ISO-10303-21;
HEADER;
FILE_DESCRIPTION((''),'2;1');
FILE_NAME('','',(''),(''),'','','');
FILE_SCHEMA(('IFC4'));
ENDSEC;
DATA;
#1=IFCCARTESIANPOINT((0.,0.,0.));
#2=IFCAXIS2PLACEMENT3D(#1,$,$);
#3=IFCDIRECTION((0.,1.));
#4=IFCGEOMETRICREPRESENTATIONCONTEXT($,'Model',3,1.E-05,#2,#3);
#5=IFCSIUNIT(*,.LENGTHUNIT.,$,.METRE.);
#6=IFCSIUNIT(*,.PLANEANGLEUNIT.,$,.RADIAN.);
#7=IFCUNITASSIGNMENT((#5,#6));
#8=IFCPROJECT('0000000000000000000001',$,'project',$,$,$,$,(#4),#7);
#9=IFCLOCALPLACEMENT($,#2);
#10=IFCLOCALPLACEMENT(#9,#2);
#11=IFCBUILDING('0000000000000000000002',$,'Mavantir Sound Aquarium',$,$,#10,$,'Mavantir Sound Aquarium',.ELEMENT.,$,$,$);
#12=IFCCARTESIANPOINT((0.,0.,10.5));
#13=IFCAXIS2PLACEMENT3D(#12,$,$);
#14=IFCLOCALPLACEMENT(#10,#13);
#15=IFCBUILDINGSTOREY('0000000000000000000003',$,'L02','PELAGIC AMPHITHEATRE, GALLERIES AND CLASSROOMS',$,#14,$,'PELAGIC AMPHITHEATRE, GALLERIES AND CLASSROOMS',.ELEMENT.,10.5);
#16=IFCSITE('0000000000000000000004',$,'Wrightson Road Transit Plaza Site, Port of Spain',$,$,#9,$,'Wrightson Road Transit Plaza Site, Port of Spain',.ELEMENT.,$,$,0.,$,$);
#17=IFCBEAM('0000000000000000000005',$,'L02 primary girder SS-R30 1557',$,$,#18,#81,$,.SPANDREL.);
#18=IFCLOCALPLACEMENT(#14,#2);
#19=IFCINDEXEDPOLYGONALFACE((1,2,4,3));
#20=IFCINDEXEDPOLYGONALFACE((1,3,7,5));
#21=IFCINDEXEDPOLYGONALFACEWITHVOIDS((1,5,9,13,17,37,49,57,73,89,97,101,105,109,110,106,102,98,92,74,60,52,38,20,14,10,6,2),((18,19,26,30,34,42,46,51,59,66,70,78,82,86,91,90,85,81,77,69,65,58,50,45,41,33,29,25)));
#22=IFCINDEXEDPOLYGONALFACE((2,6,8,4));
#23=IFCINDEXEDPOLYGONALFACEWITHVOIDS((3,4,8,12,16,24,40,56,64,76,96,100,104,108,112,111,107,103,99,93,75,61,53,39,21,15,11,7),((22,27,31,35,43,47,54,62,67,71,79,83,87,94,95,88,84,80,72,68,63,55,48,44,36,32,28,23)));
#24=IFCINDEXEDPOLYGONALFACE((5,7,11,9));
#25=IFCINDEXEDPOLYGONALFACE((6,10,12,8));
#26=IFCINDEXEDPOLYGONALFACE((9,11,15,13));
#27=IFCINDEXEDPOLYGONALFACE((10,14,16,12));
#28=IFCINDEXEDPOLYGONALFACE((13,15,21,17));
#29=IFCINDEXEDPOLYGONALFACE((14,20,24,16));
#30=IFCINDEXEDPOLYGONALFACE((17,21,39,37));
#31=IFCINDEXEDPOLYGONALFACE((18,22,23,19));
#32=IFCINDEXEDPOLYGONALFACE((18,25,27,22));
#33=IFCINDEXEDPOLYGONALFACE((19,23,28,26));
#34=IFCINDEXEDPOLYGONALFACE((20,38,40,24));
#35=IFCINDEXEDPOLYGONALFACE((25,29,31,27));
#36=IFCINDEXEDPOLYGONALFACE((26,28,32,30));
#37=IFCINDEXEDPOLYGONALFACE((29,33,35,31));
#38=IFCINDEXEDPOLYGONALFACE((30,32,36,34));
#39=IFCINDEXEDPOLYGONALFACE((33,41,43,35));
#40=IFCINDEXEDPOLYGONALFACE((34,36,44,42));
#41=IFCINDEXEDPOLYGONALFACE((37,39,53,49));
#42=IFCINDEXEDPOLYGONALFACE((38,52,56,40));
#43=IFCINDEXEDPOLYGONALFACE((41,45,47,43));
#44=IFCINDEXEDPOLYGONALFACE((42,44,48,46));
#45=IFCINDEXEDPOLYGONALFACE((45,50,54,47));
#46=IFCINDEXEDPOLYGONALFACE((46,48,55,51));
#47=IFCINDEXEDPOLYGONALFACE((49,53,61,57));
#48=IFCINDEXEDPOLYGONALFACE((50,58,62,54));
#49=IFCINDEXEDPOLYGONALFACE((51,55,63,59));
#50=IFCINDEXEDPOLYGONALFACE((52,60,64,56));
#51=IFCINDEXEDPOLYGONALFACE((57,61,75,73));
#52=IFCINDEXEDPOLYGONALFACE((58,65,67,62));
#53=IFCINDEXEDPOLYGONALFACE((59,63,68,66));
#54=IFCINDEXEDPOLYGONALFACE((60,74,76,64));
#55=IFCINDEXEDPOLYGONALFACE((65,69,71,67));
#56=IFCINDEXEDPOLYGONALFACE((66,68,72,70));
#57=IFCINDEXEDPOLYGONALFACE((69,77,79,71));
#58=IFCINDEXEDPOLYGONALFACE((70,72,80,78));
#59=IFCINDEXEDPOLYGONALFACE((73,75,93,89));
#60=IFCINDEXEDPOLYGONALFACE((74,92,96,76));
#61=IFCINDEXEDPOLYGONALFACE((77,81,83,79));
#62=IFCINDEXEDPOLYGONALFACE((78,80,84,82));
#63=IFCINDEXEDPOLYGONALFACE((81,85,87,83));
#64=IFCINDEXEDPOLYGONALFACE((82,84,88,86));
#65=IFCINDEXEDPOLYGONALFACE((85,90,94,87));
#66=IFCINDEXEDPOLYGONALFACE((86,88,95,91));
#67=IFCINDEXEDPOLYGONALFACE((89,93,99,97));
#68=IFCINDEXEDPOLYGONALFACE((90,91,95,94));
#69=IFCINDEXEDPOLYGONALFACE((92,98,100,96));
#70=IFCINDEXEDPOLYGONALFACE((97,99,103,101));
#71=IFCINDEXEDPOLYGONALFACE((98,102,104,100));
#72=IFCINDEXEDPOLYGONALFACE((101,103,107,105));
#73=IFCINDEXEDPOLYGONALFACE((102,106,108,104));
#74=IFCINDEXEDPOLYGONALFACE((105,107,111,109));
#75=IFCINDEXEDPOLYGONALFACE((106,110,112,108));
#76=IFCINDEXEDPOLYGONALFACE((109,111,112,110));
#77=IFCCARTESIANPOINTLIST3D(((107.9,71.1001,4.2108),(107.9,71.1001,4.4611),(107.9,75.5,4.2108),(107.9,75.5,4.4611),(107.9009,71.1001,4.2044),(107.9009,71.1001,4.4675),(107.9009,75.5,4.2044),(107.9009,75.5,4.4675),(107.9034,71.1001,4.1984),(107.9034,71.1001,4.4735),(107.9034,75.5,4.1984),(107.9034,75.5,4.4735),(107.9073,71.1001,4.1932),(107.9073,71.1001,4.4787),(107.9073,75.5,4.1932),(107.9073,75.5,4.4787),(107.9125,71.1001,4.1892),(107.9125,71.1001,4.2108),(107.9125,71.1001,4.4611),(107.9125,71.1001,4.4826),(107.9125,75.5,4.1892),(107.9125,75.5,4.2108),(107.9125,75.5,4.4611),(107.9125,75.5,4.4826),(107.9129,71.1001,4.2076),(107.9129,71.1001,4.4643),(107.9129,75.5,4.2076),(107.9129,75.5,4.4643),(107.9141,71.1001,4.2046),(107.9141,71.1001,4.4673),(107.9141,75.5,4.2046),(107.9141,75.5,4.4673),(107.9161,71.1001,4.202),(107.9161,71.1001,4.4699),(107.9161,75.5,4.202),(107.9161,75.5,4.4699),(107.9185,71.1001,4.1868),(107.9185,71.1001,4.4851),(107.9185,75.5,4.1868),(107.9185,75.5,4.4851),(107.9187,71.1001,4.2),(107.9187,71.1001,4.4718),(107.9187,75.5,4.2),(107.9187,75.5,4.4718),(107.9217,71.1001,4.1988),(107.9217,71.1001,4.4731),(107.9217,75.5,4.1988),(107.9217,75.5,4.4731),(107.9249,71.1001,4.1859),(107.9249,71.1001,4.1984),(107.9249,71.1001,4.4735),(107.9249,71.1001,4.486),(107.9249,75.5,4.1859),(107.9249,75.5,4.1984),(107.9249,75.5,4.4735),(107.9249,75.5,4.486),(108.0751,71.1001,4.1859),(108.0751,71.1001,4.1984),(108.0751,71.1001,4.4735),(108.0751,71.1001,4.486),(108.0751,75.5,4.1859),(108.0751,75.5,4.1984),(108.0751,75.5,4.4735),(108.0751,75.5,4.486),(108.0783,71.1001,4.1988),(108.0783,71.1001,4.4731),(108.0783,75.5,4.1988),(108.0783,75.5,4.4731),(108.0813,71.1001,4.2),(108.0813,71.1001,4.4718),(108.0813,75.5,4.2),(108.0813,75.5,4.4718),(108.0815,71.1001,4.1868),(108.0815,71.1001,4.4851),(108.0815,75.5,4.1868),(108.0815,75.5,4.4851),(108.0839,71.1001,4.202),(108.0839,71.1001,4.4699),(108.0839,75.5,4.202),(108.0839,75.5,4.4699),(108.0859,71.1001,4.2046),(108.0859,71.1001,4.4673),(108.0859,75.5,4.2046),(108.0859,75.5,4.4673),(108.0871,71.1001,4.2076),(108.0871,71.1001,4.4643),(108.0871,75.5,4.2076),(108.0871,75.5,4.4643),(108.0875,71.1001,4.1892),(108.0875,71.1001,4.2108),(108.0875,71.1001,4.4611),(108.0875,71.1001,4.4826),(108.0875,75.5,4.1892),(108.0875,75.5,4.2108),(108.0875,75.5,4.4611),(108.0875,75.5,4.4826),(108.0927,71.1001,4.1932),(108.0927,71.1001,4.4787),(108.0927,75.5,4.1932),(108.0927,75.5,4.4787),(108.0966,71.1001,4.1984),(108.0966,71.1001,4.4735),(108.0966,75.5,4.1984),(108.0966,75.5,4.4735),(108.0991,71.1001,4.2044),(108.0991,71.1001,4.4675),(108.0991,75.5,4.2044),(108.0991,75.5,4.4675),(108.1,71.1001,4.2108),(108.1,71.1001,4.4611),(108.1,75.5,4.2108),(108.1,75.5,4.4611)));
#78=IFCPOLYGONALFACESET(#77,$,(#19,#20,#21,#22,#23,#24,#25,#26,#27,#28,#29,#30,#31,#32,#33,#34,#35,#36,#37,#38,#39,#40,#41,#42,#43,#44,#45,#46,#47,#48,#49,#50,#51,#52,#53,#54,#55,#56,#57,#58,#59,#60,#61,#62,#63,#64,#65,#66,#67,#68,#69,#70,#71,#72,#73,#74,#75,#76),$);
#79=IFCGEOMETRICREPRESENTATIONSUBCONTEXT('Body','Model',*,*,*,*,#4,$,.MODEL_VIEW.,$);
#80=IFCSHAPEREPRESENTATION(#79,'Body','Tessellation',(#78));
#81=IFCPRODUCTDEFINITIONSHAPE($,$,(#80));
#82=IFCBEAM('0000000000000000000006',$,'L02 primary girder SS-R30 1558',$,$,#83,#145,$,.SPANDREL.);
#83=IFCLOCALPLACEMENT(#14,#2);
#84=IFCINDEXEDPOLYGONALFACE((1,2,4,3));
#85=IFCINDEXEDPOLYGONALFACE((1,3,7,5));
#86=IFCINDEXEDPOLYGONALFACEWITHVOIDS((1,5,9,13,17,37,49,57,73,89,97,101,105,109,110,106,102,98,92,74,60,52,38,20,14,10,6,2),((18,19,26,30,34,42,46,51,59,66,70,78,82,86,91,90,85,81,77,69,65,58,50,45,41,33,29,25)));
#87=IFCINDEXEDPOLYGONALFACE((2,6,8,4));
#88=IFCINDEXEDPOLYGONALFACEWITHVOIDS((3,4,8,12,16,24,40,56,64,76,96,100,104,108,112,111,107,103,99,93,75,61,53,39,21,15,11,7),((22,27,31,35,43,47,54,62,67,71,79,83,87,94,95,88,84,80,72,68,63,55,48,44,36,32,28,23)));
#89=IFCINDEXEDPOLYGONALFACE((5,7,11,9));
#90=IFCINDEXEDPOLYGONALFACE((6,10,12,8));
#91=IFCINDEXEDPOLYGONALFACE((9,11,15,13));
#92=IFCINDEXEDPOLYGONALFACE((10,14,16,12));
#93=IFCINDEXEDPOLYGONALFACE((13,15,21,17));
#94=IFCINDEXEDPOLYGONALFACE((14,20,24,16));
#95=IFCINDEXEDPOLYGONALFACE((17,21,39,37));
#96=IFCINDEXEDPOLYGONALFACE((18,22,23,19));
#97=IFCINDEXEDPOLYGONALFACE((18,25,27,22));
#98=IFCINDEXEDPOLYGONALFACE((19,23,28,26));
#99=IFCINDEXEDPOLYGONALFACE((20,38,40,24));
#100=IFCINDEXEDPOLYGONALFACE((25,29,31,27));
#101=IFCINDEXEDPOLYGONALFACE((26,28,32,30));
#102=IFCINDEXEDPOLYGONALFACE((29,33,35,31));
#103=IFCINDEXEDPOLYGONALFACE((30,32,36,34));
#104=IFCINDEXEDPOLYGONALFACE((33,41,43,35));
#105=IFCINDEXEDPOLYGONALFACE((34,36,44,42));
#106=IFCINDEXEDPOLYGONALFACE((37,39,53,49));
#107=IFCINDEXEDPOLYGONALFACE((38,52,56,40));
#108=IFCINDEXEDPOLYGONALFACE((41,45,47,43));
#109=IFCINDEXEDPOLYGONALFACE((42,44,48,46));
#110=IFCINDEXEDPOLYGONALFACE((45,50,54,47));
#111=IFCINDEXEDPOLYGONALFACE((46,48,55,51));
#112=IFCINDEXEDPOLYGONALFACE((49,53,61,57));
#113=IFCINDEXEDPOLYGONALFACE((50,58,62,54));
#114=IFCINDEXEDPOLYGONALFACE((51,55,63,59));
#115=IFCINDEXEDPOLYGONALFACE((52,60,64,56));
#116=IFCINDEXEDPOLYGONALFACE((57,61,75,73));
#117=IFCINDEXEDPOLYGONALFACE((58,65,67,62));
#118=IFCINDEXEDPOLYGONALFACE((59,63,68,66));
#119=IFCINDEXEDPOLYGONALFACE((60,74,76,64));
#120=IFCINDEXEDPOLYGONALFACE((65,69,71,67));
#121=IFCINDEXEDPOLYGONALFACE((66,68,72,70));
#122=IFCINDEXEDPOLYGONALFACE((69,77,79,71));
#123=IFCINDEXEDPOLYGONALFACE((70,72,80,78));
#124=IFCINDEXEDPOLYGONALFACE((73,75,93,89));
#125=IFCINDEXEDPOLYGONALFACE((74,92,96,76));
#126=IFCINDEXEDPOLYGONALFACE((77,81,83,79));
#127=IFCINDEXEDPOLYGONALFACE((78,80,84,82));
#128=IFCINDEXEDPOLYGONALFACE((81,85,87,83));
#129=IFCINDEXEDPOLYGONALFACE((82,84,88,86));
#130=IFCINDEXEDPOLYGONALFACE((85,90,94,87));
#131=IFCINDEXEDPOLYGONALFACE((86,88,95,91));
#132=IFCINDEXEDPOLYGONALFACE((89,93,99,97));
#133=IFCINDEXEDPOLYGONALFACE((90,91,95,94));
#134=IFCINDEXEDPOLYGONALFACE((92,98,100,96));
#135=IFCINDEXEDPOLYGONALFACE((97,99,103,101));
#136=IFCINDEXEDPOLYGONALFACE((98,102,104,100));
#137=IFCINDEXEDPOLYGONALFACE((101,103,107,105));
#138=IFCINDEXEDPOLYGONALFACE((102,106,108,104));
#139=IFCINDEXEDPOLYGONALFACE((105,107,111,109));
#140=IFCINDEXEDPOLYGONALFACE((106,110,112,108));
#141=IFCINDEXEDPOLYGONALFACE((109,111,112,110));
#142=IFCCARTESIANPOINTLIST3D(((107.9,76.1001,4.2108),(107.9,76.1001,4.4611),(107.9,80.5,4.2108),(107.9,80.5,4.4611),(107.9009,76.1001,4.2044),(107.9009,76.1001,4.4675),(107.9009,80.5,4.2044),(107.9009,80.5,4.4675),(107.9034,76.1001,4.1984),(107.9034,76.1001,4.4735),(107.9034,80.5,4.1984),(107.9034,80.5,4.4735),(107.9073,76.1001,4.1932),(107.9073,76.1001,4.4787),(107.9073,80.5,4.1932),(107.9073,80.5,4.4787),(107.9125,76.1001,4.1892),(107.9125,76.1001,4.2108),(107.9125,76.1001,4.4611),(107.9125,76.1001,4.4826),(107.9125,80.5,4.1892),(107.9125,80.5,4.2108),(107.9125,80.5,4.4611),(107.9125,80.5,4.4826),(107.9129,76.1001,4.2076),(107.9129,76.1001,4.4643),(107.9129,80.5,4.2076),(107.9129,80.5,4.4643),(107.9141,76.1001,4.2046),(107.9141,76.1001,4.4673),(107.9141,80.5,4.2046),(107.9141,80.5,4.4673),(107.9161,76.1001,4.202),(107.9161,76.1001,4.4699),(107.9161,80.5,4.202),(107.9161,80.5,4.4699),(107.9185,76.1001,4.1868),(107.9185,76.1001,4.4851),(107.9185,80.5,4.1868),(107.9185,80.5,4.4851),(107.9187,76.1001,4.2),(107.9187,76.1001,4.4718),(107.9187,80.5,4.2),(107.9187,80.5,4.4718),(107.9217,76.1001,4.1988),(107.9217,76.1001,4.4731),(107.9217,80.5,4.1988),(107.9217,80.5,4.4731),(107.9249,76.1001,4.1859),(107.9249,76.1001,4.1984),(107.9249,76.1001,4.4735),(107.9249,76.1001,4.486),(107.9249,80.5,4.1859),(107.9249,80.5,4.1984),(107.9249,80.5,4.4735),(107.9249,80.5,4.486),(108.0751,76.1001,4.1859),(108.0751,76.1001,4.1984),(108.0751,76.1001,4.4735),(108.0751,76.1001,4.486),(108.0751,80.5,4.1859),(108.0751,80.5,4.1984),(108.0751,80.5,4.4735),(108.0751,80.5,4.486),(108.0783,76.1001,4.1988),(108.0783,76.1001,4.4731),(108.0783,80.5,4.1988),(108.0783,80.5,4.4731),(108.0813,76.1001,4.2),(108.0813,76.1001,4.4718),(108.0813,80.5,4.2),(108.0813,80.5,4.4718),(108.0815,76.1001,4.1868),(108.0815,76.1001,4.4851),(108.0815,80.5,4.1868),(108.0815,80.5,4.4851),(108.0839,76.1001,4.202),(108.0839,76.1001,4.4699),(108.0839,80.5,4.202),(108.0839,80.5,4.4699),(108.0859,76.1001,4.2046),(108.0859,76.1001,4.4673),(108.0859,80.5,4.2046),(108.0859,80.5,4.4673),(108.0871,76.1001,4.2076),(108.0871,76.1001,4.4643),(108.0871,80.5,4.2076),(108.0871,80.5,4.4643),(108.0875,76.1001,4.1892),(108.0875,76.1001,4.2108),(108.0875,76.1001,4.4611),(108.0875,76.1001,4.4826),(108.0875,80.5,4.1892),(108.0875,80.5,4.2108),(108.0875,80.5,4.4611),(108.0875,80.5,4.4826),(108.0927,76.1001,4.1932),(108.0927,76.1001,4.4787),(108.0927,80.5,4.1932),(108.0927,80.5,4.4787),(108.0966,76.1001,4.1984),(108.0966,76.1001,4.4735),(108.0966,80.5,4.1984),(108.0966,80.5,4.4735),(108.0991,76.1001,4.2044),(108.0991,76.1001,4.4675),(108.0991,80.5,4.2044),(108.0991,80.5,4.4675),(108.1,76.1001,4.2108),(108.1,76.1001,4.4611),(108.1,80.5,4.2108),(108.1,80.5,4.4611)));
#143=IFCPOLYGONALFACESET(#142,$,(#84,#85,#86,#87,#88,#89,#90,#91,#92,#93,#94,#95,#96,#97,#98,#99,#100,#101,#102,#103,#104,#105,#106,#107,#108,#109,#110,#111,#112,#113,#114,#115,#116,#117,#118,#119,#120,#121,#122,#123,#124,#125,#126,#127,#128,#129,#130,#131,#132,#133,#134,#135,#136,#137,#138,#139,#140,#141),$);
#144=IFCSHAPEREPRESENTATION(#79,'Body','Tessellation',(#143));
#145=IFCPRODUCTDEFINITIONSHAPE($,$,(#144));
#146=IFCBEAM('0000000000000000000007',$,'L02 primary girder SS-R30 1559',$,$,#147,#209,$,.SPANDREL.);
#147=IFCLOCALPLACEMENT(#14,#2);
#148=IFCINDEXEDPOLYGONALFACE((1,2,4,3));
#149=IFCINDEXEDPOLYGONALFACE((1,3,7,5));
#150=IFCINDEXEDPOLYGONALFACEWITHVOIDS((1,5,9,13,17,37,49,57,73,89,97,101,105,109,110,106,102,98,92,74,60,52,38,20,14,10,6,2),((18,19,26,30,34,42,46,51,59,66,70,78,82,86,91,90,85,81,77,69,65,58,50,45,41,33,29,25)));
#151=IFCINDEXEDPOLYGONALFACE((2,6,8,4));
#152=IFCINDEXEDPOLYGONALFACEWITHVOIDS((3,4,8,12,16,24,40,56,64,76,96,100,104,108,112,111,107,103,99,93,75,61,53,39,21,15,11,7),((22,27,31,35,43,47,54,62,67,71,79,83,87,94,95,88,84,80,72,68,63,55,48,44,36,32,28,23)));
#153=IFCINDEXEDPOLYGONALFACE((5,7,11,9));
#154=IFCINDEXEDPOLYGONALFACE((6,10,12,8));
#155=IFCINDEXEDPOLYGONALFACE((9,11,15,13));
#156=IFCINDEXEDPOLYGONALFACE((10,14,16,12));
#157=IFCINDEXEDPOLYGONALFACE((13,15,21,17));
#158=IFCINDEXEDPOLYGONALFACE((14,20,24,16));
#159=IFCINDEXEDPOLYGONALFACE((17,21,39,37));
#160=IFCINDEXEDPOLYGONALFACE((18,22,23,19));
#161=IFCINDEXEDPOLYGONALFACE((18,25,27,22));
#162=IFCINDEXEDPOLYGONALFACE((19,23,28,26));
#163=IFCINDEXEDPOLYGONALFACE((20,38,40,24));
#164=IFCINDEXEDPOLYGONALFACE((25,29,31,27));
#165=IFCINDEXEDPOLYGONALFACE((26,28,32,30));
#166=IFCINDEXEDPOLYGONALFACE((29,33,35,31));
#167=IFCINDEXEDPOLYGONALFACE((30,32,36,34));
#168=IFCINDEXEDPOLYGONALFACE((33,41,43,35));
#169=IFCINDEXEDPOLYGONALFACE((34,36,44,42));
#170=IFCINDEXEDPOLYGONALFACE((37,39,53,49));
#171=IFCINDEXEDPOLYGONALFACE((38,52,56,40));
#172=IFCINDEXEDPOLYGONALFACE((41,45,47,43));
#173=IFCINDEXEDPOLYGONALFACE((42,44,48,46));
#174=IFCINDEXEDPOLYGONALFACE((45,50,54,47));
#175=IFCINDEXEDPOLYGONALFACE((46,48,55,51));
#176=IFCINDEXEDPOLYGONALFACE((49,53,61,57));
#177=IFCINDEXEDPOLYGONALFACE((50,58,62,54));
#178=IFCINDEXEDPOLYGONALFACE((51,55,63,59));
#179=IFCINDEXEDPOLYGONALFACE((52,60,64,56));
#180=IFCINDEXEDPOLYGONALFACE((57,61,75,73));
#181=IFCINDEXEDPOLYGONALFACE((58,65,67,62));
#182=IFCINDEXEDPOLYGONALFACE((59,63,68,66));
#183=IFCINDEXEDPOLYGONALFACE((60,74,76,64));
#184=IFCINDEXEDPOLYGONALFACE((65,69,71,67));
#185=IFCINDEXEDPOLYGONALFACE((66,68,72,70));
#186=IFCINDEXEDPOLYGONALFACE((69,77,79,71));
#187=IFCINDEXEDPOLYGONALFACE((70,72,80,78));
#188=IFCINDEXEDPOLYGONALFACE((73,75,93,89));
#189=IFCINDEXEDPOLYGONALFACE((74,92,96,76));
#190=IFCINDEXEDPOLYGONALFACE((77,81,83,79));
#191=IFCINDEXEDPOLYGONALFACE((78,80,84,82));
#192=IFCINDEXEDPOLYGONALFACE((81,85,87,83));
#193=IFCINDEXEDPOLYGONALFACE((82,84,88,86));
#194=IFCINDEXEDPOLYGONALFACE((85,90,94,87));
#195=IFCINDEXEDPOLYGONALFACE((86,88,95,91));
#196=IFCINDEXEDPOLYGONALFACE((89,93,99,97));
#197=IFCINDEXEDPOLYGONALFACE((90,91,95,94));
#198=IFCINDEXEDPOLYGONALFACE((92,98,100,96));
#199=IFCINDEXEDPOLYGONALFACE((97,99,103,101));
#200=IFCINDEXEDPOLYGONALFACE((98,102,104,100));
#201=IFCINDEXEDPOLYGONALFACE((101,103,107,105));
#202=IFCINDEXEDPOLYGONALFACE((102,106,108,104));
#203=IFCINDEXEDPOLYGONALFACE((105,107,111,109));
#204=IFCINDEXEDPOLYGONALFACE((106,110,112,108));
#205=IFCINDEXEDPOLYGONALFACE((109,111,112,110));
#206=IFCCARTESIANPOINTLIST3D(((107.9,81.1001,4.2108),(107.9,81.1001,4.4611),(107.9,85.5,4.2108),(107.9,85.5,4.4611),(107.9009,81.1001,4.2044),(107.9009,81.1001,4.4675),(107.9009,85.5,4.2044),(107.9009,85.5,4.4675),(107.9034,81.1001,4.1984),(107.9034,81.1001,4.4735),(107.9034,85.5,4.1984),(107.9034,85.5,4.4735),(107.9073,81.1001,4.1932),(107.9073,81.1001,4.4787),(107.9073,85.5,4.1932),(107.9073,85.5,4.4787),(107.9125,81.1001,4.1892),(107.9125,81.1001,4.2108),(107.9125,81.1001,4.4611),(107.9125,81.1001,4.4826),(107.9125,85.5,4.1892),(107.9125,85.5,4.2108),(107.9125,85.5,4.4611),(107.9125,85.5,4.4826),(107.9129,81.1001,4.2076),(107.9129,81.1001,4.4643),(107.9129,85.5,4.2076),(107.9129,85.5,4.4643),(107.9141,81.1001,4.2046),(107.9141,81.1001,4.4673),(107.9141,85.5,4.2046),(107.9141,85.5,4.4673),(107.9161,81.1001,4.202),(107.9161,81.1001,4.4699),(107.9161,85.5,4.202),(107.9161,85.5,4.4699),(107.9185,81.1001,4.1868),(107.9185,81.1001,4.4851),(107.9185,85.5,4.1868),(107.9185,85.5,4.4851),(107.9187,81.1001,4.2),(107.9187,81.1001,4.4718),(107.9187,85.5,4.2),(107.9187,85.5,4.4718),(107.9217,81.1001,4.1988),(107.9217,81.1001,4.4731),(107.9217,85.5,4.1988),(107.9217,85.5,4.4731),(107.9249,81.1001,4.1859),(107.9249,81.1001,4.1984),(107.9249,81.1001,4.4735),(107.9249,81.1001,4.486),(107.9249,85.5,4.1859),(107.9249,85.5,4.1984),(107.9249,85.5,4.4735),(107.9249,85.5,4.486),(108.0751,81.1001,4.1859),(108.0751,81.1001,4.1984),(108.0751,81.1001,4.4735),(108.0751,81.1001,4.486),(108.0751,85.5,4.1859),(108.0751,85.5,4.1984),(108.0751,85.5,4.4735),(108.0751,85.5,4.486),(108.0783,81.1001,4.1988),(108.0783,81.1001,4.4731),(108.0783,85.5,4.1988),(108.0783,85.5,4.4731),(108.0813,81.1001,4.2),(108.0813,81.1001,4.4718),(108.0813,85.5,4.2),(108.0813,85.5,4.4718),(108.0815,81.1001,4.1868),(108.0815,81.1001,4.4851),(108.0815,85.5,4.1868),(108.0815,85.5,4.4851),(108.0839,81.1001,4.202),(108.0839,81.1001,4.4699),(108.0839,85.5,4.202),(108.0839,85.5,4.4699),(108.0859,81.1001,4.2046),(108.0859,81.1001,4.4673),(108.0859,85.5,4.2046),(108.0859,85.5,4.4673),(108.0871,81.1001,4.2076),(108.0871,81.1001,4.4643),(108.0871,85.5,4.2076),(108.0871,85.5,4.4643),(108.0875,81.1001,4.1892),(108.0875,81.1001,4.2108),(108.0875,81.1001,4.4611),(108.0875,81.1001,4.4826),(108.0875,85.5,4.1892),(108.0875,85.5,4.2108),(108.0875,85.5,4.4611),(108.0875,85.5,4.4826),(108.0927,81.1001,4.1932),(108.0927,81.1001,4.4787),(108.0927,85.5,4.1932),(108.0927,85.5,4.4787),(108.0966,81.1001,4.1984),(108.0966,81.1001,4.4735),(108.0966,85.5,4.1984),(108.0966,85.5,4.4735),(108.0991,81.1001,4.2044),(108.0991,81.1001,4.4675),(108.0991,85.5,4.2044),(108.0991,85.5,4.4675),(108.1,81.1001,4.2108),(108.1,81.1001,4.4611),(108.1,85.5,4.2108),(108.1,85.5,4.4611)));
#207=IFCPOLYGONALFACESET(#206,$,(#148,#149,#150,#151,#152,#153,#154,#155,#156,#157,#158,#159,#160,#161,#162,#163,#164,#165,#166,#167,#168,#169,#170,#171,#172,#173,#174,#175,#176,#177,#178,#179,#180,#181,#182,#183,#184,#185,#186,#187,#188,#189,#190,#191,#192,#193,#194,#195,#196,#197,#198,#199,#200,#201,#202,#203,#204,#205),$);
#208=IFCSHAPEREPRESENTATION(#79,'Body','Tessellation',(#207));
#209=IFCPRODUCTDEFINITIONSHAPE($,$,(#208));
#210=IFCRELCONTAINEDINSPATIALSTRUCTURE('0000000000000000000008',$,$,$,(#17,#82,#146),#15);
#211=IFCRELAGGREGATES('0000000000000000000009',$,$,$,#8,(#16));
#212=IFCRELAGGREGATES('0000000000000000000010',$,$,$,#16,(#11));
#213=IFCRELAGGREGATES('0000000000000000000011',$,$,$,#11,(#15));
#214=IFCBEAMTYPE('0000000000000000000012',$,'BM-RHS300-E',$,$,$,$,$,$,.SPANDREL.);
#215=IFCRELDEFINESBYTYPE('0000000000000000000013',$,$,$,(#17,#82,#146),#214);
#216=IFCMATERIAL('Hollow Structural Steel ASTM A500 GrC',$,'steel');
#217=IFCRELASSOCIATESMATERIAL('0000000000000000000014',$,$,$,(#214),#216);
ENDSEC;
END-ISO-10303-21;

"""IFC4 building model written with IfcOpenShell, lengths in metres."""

from ifc_helpers import new_model, si_unit, direction, frame, origin, origin_2d, place, context, subcontext, project, spatial, hollow_rectangle, extrude, material, material_profile, profile_set, type_object, element, save


model = new_model("IFC4")

# Units and contexts
model_context = context("Model", 3, precision=1e-05, world=origin(), true_north=direction((0.0, 1.0)))
body_context = subcontext(model_context, "Body", "Model", "MODEL_VIEW")
ifc_project = project(units=[si_unit("LENGTHUNIT", "METRE"), si_unit("PLANEANGLEUNIT", "RADIAN")], contexts=[model_context])

# Site, building, storey
site_placement = place(None, origin())
site = spatial("IfcSite", under=ifc_project, at=site_placement, Name="Wrightson Road Transit Plaza Site, Port of Spain", LongName="Wrightson Road Transit Plaza Site, Port of Spain", CompositionType="ELEMENT", RefElevation=0.0)
building_placement = place(site_placement, origin())
building = spatial("IfcBuilding", under=site, at=building_placement, Name="Mavantir Sound Aquarium", LongName="Mavantir Sound Aquarium", CompositionType="ELEMENT")
storey_placement = place(building_placement, frame((0.0, 0.0, 10.5)))
storey = spatial("IfcBuildingStorey", under=building, at=storey_placement, Name="L02", Description="PELAGIC AMPHITHEATRE, GALLERIES AND CLASSROOMS", LongName="PELAGIC AMPHITHEATRE, GALLERIES AND CLASSROOMS", CompositionType="ELEMENT", Elevation=10.5)

# Beams
ifc_material_1 = material(Name="Hollow Structural Steel ASTM A500 GrC", Category="steel")
ifc_material_profile_1 = material_profile(ifc_material_1, hollow_rectangle(XDim=0.2, YDim=0.3, WallThickness=0.0125, InnerFilletRadius=0.0125, OuterFilletRadius=0.0249, at=origin_2d()), Name="RHS 300X200X12.5")
ifc_profile_set_1 = profile_set([ifc_material_profile_1], Name="Hollow Structural Steel ASTM A500 GrC")
beam_type = type_object("IfcBeamType", Name="BM-RHS300-E", PredefinedType="SPANDREL", material=ifc_profile_set_1)
for number, where, z_axis, x_axis, name in (
    (1, (108.0, 71.1001, 4.3359), (0.0, 1.0, 0.0), (-1.0, 0.0, 0.0), "L02 primary girder SS-R30 1557"),
    (2, (108.0, 76.1001, 4.3359), (0.0, 1.0, 0.0), (-1.0, 0.0, 0.0), "L02 primary girder SS-R30 1558"),
    (3, (108.0, 81.1001, 4.3359), (0.0, 1.0, 0.0), (-1.0, 0.0, 0.0), "L02 primary girder SS-R30 1559"),
):
    element("IfcBeam", number, at=place(storey_placement, frame(where, z_axis=z_axis, x_axis=x_axis)), inside=storey, type_object=beam_type, Name=name, PredefinedType="SPANDREL", context=body_context, shape_type="SweptSolid", body=[
        extrude(hollow_rectangle(XDim=0.2, YDim=0.3, WallThickness=0.0125, InnerFilletRadius=0.0125, OuterFilletRadius=0.0249, at=origin_2d()), origin(), (0.0, 0.0, 1.0), 4.3999),
    ])

save(model, "model.ifc")
